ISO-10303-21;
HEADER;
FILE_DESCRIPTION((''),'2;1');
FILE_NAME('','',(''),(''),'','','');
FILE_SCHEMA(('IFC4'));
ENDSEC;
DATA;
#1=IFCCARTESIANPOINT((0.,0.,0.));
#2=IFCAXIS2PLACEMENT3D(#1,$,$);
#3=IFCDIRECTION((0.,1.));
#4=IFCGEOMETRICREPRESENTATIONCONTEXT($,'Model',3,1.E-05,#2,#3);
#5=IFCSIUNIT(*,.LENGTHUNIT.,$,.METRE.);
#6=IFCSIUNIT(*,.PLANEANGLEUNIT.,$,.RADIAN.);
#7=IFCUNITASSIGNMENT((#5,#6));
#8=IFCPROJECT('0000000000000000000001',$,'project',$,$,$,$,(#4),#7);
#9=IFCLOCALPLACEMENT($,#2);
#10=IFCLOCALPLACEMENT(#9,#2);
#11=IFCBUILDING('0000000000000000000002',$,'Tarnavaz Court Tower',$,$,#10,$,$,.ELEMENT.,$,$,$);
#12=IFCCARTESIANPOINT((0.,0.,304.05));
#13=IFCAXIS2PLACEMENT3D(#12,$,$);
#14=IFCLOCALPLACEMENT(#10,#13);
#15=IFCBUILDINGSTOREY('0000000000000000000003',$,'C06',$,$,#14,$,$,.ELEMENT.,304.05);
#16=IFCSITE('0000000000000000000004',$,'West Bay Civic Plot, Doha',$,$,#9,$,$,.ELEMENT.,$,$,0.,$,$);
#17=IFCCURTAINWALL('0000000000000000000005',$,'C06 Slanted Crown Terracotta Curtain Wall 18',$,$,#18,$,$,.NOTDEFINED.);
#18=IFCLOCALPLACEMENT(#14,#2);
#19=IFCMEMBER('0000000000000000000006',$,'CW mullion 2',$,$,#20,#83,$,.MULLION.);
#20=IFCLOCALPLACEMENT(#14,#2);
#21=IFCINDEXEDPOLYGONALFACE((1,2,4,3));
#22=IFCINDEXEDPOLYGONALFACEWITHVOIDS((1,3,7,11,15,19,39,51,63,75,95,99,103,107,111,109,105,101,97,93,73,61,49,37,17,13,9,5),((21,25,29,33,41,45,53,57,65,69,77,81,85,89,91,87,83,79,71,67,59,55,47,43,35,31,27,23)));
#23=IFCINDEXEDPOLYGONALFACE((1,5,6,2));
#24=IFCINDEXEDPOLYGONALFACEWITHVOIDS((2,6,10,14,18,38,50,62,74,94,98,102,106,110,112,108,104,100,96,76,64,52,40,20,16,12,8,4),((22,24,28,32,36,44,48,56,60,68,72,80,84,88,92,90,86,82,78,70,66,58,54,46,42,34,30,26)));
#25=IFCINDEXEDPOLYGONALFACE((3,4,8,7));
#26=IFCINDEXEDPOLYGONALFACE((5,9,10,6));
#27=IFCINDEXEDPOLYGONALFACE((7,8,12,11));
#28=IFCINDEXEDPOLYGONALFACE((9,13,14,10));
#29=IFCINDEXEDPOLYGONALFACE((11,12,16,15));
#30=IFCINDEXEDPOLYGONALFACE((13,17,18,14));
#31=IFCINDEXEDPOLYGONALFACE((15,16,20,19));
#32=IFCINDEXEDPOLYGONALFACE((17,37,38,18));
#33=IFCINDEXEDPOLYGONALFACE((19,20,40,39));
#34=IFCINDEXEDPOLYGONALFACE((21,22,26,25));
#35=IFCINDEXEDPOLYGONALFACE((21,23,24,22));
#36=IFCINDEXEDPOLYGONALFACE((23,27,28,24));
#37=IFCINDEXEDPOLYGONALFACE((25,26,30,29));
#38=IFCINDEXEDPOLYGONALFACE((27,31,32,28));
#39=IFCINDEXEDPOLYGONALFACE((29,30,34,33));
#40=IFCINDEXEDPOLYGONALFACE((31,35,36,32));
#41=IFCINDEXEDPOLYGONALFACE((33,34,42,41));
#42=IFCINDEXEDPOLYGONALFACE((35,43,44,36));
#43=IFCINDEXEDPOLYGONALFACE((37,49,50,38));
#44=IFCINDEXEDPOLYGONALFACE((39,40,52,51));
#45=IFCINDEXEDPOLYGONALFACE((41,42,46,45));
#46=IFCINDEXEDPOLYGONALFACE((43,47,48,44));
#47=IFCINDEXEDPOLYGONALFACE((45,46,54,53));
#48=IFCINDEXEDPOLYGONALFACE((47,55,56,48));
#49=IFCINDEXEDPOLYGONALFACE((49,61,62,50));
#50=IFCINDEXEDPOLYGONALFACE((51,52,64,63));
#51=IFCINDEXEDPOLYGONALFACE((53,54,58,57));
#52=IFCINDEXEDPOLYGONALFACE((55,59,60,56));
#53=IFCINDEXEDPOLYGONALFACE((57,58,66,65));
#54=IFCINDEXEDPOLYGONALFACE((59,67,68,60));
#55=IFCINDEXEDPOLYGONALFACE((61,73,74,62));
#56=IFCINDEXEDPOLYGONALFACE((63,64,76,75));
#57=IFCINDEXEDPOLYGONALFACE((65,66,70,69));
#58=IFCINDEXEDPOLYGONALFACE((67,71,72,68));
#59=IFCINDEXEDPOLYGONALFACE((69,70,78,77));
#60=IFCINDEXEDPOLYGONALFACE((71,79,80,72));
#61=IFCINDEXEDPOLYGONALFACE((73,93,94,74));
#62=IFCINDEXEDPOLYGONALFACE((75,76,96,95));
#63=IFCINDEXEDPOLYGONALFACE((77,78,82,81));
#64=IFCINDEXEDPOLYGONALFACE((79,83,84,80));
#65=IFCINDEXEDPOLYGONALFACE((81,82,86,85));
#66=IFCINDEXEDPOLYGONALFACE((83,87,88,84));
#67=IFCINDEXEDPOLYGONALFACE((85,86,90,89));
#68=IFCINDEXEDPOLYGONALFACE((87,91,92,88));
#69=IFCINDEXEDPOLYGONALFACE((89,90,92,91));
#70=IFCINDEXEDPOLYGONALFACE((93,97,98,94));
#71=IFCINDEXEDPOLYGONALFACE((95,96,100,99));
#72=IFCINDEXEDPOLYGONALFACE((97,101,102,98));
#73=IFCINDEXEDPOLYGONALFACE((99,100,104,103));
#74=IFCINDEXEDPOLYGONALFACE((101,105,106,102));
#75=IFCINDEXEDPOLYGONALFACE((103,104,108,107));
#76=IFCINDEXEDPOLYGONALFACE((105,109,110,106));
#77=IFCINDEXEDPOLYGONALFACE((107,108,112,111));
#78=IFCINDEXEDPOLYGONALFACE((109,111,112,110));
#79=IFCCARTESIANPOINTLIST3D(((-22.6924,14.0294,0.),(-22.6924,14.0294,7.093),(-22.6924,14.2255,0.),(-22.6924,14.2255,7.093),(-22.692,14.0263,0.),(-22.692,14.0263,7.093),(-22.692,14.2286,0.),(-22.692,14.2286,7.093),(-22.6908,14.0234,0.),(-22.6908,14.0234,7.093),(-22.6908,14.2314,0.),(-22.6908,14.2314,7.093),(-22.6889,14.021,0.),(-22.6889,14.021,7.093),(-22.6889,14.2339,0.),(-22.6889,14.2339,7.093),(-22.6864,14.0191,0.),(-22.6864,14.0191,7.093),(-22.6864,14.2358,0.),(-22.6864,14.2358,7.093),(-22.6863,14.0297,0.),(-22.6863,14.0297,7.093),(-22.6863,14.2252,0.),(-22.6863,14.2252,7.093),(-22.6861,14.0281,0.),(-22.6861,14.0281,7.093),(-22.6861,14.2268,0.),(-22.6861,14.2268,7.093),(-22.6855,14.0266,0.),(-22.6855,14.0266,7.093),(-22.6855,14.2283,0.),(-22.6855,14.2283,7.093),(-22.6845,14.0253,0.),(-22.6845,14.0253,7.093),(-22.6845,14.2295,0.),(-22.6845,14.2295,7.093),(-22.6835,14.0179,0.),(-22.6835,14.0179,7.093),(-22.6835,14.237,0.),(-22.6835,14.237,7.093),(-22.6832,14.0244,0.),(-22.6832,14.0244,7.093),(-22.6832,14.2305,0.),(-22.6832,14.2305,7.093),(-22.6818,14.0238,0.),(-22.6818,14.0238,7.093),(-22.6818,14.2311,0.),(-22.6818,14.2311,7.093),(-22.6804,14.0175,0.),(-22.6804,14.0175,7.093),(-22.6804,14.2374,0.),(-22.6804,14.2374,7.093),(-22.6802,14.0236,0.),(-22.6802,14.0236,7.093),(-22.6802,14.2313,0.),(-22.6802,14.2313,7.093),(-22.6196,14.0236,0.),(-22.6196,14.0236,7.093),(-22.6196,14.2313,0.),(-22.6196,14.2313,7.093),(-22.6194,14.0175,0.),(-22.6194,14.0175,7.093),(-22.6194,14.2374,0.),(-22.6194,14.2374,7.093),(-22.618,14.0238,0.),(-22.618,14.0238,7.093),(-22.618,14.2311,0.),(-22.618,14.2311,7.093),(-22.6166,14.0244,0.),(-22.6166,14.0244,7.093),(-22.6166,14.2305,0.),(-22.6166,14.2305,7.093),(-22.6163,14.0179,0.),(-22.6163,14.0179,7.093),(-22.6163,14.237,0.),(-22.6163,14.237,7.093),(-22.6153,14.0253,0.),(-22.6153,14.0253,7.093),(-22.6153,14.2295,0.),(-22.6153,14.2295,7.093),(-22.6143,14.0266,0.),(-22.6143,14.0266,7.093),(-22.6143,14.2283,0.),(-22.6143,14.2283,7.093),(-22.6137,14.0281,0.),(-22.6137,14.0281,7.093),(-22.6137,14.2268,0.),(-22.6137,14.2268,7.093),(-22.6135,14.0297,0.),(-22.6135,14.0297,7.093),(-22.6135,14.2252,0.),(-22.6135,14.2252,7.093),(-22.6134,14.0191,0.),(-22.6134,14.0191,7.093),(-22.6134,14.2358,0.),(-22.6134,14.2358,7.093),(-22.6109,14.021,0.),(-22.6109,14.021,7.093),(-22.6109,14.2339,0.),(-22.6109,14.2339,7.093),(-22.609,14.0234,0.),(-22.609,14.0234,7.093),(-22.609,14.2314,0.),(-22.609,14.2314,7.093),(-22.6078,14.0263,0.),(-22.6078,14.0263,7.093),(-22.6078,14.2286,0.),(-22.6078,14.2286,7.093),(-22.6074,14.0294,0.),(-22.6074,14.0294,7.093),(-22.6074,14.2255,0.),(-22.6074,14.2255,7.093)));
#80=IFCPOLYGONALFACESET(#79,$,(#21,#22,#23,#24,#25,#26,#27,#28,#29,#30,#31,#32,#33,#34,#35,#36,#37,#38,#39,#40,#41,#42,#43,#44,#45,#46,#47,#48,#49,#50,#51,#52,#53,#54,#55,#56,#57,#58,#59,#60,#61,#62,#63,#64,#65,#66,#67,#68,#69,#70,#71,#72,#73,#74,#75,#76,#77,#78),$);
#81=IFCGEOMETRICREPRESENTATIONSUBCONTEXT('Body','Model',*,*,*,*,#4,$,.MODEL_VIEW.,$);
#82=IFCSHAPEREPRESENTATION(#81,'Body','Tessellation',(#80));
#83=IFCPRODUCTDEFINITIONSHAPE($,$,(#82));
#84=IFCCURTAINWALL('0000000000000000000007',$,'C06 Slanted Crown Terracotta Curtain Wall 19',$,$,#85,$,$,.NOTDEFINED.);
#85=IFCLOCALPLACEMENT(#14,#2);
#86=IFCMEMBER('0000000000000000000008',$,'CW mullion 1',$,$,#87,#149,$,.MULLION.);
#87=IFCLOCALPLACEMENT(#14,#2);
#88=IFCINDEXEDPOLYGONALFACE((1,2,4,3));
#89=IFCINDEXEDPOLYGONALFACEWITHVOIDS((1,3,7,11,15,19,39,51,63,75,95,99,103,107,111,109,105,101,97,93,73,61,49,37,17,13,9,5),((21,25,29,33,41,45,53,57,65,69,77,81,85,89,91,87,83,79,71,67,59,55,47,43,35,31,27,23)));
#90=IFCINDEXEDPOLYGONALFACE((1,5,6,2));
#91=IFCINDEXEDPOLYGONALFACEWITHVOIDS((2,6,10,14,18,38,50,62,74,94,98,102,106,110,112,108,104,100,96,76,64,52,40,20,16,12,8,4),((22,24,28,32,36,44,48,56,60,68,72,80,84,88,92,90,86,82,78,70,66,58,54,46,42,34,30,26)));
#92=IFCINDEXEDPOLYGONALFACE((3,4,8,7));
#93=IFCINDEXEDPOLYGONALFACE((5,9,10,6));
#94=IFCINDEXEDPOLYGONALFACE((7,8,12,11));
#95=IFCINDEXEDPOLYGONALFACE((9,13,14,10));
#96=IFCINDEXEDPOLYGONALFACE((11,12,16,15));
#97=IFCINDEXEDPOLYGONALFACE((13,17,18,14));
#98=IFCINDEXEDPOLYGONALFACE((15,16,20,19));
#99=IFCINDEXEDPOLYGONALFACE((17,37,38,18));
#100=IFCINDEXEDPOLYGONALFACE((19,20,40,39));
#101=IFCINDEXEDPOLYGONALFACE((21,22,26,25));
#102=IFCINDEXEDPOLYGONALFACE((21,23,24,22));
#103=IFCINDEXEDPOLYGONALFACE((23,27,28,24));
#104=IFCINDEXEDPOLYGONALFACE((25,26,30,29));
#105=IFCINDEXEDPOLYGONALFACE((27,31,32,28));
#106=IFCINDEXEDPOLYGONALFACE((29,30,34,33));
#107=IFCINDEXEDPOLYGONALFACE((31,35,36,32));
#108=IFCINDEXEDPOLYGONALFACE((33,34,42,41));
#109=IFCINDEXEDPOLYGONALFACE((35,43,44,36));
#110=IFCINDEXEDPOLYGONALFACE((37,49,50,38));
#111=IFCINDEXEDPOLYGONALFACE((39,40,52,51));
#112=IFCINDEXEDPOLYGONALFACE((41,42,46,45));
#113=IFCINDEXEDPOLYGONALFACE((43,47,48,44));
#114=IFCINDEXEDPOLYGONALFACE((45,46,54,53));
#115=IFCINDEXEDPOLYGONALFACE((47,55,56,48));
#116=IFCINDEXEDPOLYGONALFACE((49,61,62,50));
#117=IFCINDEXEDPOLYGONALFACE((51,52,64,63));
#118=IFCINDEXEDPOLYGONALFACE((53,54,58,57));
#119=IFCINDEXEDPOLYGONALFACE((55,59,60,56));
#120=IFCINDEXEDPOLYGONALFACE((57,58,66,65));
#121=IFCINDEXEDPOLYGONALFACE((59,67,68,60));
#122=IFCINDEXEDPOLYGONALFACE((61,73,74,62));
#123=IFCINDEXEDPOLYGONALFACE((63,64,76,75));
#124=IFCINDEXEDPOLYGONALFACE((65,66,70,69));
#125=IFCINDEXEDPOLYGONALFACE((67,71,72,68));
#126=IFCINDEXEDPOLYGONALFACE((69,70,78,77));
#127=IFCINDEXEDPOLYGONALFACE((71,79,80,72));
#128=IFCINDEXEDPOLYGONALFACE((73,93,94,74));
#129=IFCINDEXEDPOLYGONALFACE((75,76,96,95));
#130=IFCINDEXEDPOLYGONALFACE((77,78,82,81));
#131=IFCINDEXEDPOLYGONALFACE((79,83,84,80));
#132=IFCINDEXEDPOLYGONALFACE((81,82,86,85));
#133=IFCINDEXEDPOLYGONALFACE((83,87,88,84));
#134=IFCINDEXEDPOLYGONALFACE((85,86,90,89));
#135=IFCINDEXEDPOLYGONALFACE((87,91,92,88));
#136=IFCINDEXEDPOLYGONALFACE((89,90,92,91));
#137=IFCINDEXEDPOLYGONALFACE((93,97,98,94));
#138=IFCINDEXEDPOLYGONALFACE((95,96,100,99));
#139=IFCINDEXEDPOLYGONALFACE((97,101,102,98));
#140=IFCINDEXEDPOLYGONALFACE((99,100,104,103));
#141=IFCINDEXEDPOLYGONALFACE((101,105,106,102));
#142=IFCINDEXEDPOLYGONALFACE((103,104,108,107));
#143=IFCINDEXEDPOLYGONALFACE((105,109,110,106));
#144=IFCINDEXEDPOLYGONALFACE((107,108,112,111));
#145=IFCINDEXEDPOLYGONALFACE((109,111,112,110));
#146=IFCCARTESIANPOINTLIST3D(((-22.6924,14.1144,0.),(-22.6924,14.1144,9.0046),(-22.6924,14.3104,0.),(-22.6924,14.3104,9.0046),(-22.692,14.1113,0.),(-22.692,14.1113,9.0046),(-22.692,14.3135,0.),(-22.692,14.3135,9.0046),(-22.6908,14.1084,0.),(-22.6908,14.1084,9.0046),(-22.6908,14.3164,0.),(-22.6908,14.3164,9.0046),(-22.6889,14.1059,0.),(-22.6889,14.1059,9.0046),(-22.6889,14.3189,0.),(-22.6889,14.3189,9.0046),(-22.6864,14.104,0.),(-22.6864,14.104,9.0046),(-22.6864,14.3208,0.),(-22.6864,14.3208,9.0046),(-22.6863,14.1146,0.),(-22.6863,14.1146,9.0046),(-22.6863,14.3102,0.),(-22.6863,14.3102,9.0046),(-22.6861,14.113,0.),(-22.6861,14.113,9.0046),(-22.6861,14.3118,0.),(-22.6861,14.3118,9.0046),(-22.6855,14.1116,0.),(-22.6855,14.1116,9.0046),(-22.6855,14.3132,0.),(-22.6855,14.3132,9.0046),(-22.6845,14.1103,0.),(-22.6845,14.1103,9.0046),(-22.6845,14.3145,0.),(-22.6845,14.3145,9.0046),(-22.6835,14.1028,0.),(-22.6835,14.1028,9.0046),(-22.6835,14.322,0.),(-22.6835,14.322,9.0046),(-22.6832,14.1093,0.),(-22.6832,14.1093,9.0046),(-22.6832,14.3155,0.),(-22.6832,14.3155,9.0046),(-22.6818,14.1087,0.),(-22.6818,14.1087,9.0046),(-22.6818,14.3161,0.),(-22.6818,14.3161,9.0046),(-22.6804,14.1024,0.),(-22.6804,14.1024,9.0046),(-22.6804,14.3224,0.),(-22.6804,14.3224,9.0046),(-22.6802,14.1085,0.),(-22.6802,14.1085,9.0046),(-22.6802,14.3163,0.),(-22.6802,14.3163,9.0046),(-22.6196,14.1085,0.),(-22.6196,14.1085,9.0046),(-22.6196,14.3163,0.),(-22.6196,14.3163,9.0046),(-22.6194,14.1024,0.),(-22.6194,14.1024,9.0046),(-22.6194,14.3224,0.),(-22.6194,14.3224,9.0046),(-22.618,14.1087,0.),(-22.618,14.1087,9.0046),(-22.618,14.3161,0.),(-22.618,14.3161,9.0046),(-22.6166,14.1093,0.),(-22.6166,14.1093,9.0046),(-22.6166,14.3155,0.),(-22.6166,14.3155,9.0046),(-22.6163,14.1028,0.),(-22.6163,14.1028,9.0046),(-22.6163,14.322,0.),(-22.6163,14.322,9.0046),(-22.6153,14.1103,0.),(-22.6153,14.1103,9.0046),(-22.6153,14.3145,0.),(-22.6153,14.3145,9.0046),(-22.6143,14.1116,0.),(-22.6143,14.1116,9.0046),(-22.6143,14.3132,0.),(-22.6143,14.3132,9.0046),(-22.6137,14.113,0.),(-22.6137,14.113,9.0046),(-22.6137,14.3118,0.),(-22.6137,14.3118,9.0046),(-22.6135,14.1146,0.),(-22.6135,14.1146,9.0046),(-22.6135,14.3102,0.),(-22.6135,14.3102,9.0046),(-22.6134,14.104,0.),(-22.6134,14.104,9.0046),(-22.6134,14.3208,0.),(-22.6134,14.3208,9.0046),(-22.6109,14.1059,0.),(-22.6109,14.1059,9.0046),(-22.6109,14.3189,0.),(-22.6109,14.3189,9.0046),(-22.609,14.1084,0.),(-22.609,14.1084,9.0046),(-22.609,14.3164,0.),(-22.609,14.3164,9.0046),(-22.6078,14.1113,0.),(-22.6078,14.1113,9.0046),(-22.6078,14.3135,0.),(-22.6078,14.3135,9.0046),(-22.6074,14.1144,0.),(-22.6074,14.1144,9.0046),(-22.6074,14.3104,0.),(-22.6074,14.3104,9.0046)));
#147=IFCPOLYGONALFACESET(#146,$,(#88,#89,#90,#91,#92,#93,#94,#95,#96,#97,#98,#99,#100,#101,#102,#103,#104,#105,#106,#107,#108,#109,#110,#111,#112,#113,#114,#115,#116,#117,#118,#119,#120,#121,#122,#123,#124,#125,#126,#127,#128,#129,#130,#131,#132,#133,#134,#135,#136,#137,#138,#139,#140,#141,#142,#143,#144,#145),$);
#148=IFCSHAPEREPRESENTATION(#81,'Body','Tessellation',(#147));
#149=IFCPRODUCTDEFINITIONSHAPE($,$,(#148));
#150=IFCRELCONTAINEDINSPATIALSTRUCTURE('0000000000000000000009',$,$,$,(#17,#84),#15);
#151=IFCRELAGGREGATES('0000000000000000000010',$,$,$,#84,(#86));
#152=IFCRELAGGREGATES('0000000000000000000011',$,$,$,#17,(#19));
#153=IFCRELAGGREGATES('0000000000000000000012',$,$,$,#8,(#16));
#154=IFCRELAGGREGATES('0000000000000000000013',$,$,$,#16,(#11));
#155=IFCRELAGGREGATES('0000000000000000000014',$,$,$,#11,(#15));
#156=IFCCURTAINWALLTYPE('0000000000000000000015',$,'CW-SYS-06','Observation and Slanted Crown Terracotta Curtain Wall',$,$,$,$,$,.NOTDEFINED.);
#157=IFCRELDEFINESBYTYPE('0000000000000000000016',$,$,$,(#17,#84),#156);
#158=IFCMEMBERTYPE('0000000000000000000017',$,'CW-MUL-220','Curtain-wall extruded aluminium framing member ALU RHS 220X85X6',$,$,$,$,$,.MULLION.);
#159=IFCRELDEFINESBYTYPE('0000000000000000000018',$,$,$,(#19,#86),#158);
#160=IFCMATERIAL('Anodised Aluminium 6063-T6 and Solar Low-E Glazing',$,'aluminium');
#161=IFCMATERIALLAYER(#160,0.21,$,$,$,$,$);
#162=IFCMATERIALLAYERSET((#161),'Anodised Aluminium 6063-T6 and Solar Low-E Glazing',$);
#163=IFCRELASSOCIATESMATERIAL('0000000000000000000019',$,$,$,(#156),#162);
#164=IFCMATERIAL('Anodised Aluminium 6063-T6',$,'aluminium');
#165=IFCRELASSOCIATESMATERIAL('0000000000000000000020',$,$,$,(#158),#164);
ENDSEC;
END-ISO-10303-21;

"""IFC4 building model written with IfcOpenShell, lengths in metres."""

from ifc_helpers import new_model, si_unit, direction, frame, origin, origin_2d, place, context, subcontext, project, spatial, hollow_rectangle, extrude, material, layer, layer_set, material_profile, profile_set, type_object, element, aggregate, save


model = new_model("IFC4")

# Units and contexts
model_context = context("Model", 3, precision=1e-05, world=origin(), true_north=direction((0.0, 1.0)))
body_context = subcontext(model_context, "Body", "Model", "MODEL_VIEW")
ifc_project = project(units=[si_unit("LENGTHUNIT", "METRE"), si_unit("PLANEANGLEUNIT", "RADIAN")], contexts=[model_context])

# Site, building, storey
site_placement = place(None, origin())
site = spatial("IfcSite", under=ifc_project, at=site_placement, Name="West Bay Civic Plot, Doha", CompositionType="ELEMENT", RefElevation=0.0)
building_placement = place(site_placement, origin())
building = spatial("IfcBuilding", under=site, at=building_placement, Name="Tarnavaz Court Tower", CompositionType="ELEMENT")
storey_placement = place(building_placement, frame((0.0, 0.0, 304.05)))
storey = spatial("IfcBuildingStorey", under=building, at=storey_placement, Name="C06", CompositionType="ELEMENT", Elevation=304.05)

# Curtain wall, member
ifc_material_1 = material(Name="Anodised Aluminium 6063-T6 and Solar Low-E Glazing", Category="aluminium")
ifc_layer_1 = layer(ifc_material_1, 0.21)
ifc_layer_set_1 = layer_set([ifc_layer_1], Name="Anodised Aluminium 6063-T6 and Solar Low-E Glazing")
curtain_wall_type = type_object("IfcCurtainWallType", Name="CW-SYS-06", Description="Observation and Slanted Crown Terracotta Curtain Wall", PredefinedType="NOTDEFINED", material=ifc_layer_set_1)
ifc_material_2 = material(Name="Anodised Aluminium 6063-T6", Category="aluminium")
ifc_material_profile_1 = material_profile(ifc_material_2, hollow_rectangle(XDim=0.085, YDim=0.22, WallThickness=0.0061, InnerFilletRadius=0.0061, OuterFilletRadius=0.012, at=origin_2d()), Name="ALU RHS 220X85X6")
ifc_profile_set_1 = profile_set([ifc_material_profile_1], Name="Anodised Aluminium 6063-T6")
member_type_1 = type_object("IfcMemberType", Name="CW-MUL-220", Description="Curtain-wall extruded aluminium framing member ALU RHS 220X85X6", PredefinedType="MULLION", material=ifc_profile_set_1)
curtain_wall_1_placement = place(storey_placement, origin())
curtain_wall_1 = element("IfcCurtainWall", 1, at=curtain_wall_1_placement, inside=storey, type_object=curtain_wall_type, Name="C06 Slanted Crown Terracotta Curtain Wall 18", PredefinedType="NOTDEFINED")
member_1_placement = place(storey_placement, frame((-22.6499, 14.1274, 0.0), z_axis=(0.0, 0.0, 1.0), x_axis=(-1.0, 0.0, 0.0)))
member_1 = element("IfcMember", 2, at=member_1_placement, type_object=member_type_1, Name="CW mullion 2", PredefinedType="MULLION", context=body_context, shape_type="SweptSolid", body=[
    extrude(hollow_rectangle(XDim=0.085, YDim=0.22, WallThickness=0.0061, InnerFilletRadius=0.0061, OuterFilletRadius=0.012, at=origin_2d()), origin(), (0.0, 0.0, 1.0), 7.093),
])

# Curtain wall, member
curtain_wall_2_placement = place(storey_placement, origin())
curtain_wall_2 = element("IfcCurtainWall", 3, at=curtain_wall_2_placement, inside=storey, type_object=curtain_wall_type, Name="C06 Slanted Crown Terracotta Curtain Wall 19", PredefinedType="NOTDEFINED")
member_2_placement = place(storey_placement, frame((-22.6499, 14.2124, 0.0), z_axis=(0.0, 0.0, 1.0), x_axis=(-1.0, 0.0, 0.0)))
member_2 = element("IfcMember", 4, at=member_2_placement, type_object=member_type_1, Name="CW mullion 1", PredefinedType="MULLION", context=body_context, shape_type="SweptSolid", body=[
    extrude(hollow_rectangle(XDim=0.085, YDim=0.22, WallThickness=0.0061, InnerFilletRadius=0.0061, OuterFilletRadius=0.012, at=origin_2d()), origin(), (0.0, 0.0, 1.0), 9.0046),
])

aggregate(curtain_wall_2, [member_2])

aggregate(curtain_wall_1, [member_1])

save(model, "model.ifc")
